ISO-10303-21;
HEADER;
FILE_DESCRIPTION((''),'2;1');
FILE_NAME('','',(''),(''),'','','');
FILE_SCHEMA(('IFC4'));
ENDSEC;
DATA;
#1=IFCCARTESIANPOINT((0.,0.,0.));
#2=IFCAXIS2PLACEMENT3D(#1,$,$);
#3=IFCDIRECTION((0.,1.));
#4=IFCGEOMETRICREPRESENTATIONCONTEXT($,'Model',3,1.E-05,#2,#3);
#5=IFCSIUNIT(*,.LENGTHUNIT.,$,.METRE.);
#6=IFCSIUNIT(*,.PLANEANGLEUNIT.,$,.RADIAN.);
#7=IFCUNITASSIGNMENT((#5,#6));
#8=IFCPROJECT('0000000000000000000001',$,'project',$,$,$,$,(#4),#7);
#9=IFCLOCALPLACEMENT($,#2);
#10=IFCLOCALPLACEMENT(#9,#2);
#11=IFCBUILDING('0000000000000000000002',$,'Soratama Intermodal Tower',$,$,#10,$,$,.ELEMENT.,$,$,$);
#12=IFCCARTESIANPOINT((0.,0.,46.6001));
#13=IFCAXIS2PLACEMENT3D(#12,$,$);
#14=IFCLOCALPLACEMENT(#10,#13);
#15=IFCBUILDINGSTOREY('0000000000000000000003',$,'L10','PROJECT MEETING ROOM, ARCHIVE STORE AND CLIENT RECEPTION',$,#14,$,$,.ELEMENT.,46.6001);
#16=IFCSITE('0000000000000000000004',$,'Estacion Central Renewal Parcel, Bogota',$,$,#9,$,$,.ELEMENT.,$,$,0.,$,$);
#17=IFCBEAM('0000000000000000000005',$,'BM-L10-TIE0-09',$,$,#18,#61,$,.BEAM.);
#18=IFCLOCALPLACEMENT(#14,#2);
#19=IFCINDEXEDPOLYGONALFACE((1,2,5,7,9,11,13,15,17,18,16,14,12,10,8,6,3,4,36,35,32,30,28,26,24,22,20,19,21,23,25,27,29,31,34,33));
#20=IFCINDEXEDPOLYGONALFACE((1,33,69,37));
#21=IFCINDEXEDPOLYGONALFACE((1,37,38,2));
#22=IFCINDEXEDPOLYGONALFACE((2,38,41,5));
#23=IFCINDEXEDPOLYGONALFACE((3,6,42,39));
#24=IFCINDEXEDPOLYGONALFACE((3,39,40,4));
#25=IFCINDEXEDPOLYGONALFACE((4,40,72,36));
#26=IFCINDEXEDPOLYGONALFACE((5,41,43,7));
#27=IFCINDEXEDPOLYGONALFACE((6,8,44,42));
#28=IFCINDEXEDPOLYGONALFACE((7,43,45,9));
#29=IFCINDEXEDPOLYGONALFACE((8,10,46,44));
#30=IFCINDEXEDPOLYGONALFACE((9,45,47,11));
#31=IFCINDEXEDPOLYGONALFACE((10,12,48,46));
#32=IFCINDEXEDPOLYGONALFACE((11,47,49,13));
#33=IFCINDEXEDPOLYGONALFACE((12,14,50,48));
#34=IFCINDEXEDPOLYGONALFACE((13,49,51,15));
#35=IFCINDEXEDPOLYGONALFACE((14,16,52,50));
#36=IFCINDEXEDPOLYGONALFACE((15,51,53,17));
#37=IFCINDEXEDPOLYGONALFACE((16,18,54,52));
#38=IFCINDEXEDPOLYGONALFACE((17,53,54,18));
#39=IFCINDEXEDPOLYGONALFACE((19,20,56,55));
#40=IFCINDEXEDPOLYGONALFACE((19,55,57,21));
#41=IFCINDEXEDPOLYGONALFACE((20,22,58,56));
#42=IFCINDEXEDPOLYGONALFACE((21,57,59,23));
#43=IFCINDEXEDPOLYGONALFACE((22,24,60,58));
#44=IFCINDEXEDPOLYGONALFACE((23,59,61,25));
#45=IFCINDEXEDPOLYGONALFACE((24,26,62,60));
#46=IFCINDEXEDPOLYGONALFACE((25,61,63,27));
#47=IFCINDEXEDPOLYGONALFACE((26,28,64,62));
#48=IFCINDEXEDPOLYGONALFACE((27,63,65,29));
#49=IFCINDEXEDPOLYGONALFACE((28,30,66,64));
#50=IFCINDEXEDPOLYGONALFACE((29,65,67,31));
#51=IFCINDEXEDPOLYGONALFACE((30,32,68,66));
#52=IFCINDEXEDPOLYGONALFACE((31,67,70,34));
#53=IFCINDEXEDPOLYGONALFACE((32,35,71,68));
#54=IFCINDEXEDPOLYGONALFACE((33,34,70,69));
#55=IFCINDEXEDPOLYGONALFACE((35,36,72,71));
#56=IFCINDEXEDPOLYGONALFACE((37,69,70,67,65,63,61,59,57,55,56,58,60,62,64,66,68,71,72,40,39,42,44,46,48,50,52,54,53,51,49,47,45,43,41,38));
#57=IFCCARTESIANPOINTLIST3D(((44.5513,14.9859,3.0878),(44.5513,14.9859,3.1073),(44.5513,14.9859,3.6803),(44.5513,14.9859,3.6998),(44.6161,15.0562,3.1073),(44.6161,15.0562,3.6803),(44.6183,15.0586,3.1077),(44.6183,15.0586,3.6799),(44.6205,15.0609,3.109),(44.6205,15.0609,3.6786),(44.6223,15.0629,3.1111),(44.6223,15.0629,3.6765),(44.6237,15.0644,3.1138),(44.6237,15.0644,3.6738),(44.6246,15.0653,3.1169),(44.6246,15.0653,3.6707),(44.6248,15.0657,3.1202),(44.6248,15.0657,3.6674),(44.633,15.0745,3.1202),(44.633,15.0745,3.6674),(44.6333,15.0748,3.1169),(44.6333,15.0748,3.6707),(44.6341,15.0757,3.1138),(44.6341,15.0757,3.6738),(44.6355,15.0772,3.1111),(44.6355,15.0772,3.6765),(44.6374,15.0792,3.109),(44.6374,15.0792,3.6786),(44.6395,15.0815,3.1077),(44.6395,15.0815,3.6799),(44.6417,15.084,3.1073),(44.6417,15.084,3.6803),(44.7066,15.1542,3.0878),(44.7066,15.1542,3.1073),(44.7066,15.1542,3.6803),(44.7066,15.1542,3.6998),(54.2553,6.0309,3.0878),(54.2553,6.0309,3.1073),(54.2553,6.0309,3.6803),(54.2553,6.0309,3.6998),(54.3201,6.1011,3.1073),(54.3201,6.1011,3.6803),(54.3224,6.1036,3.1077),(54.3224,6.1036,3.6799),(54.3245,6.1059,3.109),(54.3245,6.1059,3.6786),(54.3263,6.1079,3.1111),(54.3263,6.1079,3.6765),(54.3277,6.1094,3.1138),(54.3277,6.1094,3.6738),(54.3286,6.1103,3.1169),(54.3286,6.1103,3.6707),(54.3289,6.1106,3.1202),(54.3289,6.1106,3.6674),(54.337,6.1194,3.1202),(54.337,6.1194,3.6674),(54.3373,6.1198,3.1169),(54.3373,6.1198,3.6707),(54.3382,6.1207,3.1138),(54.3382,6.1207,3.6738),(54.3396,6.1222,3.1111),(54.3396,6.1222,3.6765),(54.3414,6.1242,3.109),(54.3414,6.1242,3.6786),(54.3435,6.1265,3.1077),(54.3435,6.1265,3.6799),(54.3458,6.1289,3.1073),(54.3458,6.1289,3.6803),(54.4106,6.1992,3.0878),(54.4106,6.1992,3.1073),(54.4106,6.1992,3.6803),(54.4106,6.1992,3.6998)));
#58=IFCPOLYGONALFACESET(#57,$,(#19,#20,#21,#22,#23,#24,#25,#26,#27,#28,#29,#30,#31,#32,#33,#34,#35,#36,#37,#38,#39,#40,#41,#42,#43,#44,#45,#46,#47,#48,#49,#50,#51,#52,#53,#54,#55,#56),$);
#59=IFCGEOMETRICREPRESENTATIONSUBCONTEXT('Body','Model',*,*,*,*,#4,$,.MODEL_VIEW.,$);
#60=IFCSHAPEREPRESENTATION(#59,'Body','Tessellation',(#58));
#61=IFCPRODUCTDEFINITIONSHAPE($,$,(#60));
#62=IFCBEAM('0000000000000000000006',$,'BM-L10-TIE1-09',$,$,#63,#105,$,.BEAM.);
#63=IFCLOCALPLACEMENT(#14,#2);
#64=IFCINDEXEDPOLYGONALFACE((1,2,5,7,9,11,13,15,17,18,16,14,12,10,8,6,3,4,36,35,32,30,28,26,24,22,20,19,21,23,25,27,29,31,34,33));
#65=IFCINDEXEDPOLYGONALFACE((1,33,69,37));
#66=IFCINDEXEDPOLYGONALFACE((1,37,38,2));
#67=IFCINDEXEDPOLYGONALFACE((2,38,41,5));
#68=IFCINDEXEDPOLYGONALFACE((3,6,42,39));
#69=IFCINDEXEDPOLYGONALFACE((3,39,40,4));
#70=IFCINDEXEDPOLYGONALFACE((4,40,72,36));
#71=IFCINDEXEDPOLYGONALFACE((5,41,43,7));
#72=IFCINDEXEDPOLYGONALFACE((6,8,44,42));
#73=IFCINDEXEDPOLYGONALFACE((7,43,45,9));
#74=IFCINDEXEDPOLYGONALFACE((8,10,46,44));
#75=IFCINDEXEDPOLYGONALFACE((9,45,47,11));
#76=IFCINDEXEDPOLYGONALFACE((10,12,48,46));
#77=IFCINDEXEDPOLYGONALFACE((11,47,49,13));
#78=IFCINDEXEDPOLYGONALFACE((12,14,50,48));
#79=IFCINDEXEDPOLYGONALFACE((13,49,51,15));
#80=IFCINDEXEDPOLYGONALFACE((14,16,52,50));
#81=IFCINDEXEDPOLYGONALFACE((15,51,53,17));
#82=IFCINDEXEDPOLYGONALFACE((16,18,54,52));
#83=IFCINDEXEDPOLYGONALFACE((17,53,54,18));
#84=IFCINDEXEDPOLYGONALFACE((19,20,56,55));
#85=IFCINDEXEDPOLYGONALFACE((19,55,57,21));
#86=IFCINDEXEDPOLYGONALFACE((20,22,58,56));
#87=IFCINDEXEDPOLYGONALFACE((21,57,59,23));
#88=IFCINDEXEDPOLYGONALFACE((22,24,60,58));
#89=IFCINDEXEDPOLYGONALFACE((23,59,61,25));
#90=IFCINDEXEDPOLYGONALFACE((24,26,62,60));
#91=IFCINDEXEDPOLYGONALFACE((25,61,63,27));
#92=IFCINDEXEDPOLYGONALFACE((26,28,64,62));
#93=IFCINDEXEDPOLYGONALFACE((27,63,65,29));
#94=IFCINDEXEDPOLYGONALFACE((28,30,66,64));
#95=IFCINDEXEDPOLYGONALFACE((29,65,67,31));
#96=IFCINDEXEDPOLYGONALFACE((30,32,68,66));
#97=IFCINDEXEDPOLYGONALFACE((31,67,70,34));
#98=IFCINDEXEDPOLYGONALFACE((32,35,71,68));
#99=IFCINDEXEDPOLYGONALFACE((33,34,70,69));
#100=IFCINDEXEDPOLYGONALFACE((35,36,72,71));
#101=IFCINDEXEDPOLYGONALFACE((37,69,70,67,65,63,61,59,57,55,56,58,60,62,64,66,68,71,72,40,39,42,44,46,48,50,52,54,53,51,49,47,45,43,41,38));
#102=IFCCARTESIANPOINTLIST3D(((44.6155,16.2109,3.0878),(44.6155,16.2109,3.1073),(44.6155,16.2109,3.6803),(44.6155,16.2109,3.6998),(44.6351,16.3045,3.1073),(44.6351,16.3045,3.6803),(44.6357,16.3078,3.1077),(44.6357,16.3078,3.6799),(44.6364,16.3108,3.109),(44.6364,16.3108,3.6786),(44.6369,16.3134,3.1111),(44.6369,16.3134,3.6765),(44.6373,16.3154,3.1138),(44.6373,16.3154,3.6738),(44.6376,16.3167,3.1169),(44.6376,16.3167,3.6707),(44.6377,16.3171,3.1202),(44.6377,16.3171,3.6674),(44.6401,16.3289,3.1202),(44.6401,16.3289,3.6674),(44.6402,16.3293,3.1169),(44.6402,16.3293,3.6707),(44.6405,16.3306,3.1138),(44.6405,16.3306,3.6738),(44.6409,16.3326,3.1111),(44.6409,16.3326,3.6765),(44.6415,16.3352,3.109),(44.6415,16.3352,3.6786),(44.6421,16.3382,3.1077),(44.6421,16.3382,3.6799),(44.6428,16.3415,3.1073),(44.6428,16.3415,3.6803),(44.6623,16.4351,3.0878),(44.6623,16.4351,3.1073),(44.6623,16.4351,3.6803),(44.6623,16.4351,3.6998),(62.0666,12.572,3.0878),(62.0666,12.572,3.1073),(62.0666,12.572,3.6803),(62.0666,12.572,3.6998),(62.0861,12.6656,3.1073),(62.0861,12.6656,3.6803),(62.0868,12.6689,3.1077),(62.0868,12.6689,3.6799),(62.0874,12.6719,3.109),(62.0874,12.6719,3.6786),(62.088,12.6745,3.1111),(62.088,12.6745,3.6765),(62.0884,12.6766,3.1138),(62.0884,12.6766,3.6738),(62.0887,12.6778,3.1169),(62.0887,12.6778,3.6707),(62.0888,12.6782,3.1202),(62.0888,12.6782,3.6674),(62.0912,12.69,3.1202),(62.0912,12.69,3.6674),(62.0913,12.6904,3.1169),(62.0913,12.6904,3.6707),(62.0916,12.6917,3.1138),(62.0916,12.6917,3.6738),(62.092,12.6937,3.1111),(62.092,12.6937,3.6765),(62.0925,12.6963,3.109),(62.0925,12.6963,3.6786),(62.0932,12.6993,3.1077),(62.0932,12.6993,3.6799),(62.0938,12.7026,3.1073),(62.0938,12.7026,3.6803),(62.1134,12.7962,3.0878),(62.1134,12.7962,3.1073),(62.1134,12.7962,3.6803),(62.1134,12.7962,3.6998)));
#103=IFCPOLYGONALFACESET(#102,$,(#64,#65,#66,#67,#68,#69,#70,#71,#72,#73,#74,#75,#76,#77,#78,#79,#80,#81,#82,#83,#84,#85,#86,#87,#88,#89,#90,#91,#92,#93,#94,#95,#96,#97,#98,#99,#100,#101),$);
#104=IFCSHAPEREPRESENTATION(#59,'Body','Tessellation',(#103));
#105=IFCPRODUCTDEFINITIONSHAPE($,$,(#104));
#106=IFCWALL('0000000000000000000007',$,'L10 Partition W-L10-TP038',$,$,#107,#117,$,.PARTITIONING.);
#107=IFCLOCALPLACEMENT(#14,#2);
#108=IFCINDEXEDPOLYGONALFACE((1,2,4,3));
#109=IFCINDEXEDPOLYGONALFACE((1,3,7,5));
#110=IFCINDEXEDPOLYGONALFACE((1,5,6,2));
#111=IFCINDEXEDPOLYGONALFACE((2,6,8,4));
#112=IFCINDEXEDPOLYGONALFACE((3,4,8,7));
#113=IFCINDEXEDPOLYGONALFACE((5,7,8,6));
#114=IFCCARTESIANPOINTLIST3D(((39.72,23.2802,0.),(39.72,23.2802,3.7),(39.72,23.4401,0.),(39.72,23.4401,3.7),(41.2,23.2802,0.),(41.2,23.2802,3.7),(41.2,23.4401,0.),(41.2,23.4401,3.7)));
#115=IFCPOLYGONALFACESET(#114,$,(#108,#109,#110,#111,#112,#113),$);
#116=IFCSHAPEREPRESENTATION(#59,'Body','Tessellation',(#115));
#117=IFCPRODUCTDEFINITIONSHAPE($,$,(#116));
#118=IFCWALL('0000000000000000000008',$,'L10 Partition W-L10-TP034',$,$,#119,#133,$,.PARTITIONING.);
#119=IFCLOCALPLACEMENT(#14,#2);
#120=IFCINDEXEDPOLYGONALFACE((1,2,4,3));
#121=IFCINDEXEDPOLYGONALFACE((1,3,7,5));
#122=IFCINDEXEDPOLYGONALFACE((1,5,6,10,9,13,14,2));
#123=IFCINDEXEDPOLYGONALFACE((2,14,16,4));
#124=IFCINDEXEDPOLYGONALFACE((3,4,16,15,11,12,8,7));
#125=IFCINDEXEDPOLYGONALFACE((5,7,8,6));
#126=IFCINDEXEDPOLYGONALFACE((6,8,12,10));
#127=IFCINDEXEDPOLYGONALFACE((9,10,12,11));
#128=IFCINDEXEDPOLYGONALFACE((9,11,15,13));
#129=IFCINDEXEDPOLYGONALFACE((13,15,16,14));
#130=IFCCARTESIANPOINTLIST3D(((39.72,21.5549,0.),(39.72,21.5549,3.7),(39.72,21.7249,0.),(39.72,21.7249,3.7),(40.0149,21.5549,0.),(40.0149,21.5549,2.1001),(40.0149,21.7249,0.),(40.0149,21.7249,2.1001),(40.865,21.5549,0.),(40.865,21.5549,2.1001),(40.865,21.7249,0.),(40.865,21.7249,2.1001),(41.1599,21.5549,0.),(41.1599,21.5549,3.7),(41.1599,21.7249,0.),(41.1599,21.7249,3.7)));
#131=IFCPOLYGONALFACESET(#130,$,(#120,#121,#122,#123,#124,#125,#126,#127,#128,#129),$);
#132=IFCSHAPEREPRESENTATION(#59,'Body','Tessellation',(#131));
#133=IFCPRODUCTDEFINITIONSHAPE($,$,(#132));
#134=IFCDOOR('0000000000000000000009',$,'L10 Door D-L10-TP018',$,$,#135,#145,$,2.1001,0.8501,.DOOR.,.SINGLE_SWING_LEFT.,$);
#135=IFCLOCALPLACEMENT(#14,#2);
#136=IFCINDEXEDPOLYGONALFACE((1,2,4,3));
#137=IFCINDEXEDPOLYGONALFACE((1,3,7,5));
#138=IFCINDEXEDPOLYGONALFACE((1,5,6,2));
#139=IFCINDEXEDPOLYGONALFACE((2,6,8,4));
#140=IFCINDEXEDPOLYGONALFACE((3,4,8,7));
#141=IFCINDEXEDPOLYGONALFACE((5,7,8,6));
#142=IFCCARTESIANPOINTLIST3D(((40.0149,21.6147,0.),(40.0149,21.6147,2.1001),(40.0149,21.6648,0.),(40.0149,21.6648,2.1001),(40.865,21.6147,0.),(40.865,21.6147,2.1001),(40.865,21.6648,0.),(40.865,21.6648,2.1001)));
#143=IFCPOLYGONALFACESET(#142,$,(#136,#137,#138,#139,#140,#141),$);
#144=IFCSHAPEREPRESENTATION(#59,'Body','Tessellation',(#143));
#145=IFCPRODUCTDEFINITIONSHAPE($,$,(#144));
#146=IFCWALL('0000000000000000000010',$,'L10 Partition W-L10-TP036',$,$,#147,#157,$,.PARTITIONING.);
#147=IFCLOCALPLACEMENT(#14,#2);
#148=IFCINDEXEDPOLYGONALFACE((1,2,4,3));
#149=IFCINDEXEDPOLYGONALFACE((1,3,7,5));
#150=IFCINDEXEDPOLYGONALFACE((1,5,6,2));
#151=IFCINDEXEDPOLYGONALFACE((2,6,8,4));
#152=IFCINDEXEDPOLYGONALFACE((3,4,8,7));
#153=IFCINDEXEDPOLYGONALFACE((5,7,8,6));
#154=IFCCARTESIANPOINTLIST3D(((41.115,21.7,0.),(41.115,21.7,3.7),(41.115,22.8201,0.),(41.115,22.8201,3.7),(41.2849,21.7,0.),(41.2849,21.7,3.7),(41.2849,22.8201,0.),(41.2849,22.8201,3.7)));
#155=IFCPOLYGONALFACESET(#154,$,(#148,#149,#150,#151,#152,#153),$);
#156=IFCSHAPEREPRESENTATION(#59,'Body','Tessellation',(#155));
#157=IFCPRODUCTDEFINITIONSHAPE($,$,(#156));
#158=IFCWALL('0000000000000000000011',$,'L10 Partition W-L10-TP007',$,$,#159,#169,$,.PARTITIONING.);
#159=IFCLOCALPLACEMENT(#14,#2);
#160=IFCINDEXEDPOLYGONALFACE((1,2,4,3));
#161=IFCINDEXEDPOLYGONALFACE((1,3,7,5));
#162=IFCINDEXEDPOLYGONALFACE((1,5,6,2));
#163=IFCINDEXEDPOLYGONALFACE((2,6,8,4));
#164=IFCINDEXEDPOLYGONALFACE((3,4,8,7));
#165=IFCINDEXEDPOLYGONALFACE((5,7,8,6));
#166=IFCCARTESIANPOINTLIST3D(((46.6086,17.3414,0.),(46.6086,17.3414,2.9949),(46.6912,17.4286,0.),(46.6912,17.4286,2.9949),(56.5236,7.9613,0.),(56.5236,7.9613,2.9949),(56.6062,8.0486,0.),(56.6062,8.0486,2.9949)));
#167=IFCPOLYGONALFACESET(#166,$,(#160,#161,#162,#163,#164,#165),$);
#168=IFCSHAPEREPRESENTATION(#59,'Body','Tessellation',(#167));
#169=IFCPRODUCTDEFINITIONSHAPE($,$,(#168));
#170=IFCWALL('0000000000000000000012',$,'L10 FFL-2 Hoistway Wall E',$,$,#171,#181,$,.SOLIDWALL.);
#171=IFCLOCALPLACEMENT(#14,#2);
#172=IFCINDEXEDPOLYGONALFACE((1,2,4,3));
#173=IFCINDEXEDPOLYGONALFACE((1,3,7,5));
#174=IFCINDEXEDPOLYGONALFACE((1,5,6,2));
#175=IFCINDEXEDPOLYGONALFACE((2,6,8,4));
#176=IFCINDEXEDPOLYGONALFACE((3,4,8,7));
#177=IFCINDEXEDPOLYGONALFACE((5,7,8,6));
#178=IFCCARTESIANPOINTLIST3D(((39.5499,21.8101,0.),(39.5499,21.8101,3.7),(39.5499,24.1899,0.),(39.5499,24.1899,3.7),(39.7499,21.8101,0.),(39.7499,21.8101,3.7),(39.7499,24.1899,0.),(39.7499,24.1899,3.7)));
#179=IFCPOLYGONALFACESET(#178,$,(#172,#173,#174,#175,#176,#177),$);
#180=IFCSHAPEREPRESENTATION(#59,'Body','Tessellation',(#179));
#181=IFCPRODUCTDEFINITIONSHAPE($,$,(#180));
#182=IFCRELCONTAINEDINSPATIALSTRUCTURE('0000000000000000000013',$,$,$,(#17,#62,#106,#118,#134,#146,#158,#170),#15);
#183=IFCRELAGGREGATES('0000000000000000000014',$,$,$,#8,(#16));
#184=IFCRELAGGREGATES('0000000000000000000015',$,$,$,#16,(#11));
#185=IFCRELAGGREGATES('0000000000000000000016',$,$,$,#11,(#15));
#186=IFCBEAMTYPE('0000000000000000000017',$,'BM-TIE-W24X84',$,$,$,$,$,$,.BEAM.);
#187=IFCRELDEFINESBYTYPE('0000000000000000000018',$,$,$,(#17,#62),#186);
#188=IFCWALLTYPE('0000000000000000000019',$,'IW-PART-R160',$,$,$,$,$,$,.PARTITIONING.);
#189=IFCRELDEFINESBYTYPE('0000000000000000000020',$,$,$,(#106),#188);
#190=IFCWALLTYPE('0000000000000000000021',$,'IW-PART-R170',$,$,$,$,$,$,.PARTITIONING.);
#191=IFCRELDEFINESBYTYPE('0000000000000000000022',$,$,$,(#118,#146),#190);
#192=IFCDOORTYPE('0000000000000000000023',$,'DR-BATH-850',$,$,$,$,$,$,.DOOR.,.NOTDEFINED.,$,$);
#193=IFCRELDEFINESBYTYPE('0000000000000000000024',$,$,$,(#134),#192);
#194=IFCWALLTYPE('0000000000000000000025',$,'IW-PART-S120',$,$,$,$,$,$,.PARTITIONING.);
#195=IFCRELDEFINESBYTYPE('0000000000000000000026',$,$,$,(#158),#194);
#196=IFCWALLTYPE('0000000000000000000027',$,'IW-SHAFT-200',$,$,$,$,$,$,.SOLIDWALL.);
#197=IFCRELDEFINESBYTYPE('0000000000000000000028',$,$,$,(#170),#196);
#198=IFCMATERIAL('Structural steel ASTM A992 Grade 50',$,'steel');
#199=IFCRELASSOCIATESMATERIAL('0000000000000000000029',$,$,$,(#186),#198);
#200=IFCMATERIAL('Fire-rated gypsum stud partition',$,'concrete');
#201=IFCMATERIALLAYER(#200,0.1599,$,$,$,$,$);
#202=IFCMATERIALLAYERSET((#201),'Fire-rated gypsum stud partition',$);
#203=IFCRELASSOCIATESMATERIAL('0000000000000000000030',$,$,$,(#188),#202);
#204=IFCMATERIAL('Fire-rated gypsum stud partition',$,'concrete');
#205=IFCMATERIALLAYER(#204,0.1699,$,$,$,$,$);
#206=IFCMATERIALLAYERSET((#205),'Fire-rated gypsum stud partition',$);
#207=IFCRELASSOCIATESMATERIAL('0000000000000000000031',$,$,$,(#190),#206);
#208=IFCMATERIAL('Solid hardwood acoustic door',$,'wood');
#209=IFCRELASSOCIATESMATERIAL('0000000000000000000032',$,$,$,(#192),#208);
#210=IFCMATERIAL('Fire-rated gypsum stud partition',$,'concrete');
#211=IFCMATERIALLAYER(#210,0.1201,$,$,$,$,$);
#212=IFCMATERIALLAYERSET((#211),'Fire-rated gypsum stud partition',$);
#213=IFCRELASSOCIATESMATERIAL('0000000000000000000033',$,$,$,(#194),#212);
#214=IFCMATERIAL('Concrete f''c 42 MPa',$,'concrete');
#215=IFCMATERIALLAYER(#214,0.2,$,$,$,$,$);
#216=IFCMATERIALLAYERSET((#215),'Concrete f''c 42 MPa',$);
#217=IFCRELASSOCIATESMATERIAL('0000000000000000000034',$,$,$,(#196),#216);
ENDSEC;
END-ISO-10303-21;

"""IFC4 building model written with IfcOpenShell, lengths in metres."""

from ifc_helpers import new_model, si_unit, direction, frame, frame_2d, origin, origin_2d, place, context, subcontext, project, spatial, rectangle, i_section, extrude, material, layer, layer_set, material_profile, profile_set, type_object, element, fill, save


model = new_model("IFC4")

# Units and contexts
model_context = context("Model", 3, precision=1e-05, world=origin(), true_north=direction((0.0, 1.0)))
body_context = subcontext(model_context, "Body", "Model", "MODEL_VIEW")
ifc_project = project(units=[si_unit("LENGTHUNIT", "METRE"), si_unit("PLANEANGLEUNIT", "RADIAN")], contexts=[model_context])

# Site, building, storey
site_placement = place(None, origin())
site = spatial("IfcSite", under=ifc_project, at=site_placement, Name="Estacion Central Renewal Parcel, Bogota", CompositionType="ELEMENT", RefElevation=0.0)
building_placement = place(site_placement, origin())
building = spatial("IfcBuilding", under=site, at=building_placement, Name="Soratama Intermodal Tower", CompositionType="ELEMENT")
storey_placement = place(building_placement, frame((0.0, 0.0, 46.6001)))
storey = spatial("IfcBuildingStorey", under=building, at=storey_placement, Name="L10", Description="PROJECT MEETING ROOM, ARCHIVE STORE AND CLIENT RECEPTION", CompositionType="ELEMENT", Elevation=46.6001)

# Beams
ifc_material_1 = material(Name="Structural steel ASTM A992 Grade 50", Category="steel")
ifc_material_profile_1 = material_profile(ifc_material_1, i_section(OverallWidth=0.229, OverallDepth=0.6121, WebThickness=0.012, FlangeThickness=0.0195, FilletRadius=0.0129, at=origin_2d()), Name="W24X84")
ifc_profile_set_1 = profile_set([ifc_material_profile_1], Name="Structural steel ASTM A992 Grade 50")
beam_type_1 = type_object("IfcBeamType", Name="BM-TIE-W24X84", PredefinedType="BEAM", material=ifc_profile_set_1)
beam_1_placement = place(storey_placement, frame((44.6289, 15.0701, 3.3938), z_axis=(0.7349, -0.678176, 0.0), x_axis=(0.678176, 0.7349, 0.0)))
element("IfcBeam", 1, at=beam_1_placement, inside=storey, type_object=beam_type_1, Name="BM-L10-TIE0-09", PredefinedType="BEAM", context=body_context, shape_type="SweptSolid", body=[
    extrude(i_section(OverallWidth=0.229, OverallDepth=0.6121, WebThickness=0.012, FlangeThickness=0.0195, FilletRadius=0.0129, at=origin_2d()), origin(), (0.0, 0.0, 1.0), 13.2046),
])
beam_2_placement = place(storey_placement, frame((44.6389, 16.323, 3.3938), z_axis=(0.978944, -0.204129, 0.0), x_axis=(0.204129, 0.978944, 0.0)))
element("IfcBeam", 2, at=beam_2_placement, inside=storey, type_object=beam_type_1, Name="BM-L10-TIE1-09", PredefinedType="BEAM", context=body_context, shape_type="SweptSolid", body=[
    extrude(i_section(OverallWidth=0.229, OverallDepth=0.6121, WebThickness=0.012, FlangeThickness=0.0195, FilletRadius=0.0129, at=origin_2d()), origin(), (0.0, 0.0, 1.0), 17.8264),
])

# Wall
ifc_material_2 = material(Name="Fire-rated gypsum stud partition", Category="concrete")
ifc_layer_1 = layer(ifc_material_2, 0.1599)
ifc_layer_set_1 = layer_set([ifc_layer_1], Name="Fire-rated gypsum stud partition")
wall_type_1 = type_object("IfcWallType", Name="IW-PART-R160", PredefinedType="PARTITIONING", material=ifc_layer_set_1)
wall_1_placement = place(storey_placement, frame((41.2, 23.3601, 0.0), z_axis=(0.0, 0.0, 1.0), x_axis=(-1.0, 0.0, 0.0)))
element("IfcWall", 3, at=wall_1_placement, inside=storey, type_object=wall_type_1, Name="L10 Partition W-L10-TP038", PredefinedType="PARTITIONING", context=body_context, shape_type="SweptSolid", body=[
    extrude(rectangle(XDim=1.48, YDim=0.1599, at=frame_2d((0.74, 0.0))), origin(), (0.0, 0.0, 1.0), 3.7),
])

# Wall, opening, door
ifc_material_3 = material(Name="Fire-rated gypsum stud partition", Category="concrete")
ifc_layer_2 = layer(ifc_material_3, 0.1699)
ifc_layer_set_2 = layer_set([ifc_layer_2], Name="Fire-rated gypsum stud partition")
wall_type_2 = type_object("IfcWallType", Name="IW-PART-R170", PredefinedType="PARTITIONING", material=ifc_layer_set_2)
wall_2_placement = place(storey_placement, frame((39.72, 21.6399, 0.0), z_axis=(0.0, 0.0, 1.0), x_axis=(1.0, 0.0, 0.0)))
wall_2 = element("IfcWall", 4, at=wall_2_placement, inside=storey, type_object=wall_type_2, Name="L10 Partition W-L10-TP034", PredefinedType="PARTITIONING", context=body_context, shape_type="SweptSolid", body=[
    extrude(rectangle(XDim=1.4399, YDim=0.1699, at=frame_2d((0.72, 0.0))), origin(), (0.0, 0.0, 1.0), 3.7),
])
opening_1_placement = place(wall_2_placement, frame((0.2949, 0.0, 0.0)))
opening_1 = element("IfcOpeningElement", 5, at=opening_1_placement, cuts=wall_2, PredefinedType="OPENING", context=body_context, shape_type="SweptSolid", body=[
    extrude(rectangle(XDim=0.8501, YDim=2.1001, at=frame_2d((0.425, 1.05))), frame((0.0, 0.095, 0.0), z_axis=(0.0, -1.0, 0.0), x_axis=(1.0, 0.0, 0.0)), (0.0, 0.0, 1.0), 0.1899),
])
ifc_material_4 = material(Name="Solid hardwood acoustic door", Category="wood")
door_type_1 = type_object("IfcDoorType", Name="DR-BATH-850", OperationType="NOTDEFINED", PredefinedType="DOOR", material=ifc_material_4)
door_1_placement = place(opening_1_placement, origin())
door_1 = element("IfcDoor", 6, at=door_1_placement, inside=storey, type_object=door_type_1, Name="L10 Door D-L10-TP018", OperationType="SINGLE_SWING_LEFT", OverallHeight=2.1001, OverallWidth=0.8501, PredefinedType="DOOR", context=body_context, shape_type="SweptSolid", body=[
    extrude(rectangle(XDim=0.8501, YDim=2.1001, at=frame_2d((0.425, 1.05))), frame((0.0, 0.0249, 0.0), z_axis=(0.0, -1.0, 0.0), x_axis=(1.0, 0.0, 0.0)), (0.0, 0.0, 1.0), 0.05),
])
fill(opening_1, door_1)

# Walls
wall_3_placement = place(storey_placement, frame((41.2, 21.7, 0.0), z_axis=(0.0, 0.0, 1.0), x_axis=(0.0, 1.0, 0.0)))
element("IfcWall", 7, at=wall_3_placement, inside=storey, type_object=wall_type_2, Name="L10 Partition W-L10-TP036", PredefinedType="PARTITIONING", context=body_context, shape_type="SweptSolid", body=[
    extrude(rectangle(XDim=1.1201, YDim=0.1699, at=frame_2d((0.5601, 0.0))), origin(), (0.0, 0.0, 1.0), 3.7),
])
ifc_material_5 = material(Name="Fire-rated gypsum stud partition", Category="concrete")
ifc_layer_3 = layer(ifc_material_5, 0.1201)
ifc_layer_set_3 = layer_set([ifc_layer_3], Name="Fire-rated gypsum stud partition")
wall_type_3 = type_object("IfcWallType", Name="IW-PART-S120", PredefinedType="PARTITIONING", material=ifc_layer_set_3)
wall_4_placement = place(storey_placement, frame((46.6499, 17.385, 0.0), z_axis=(0.0, 0.0, 1.0), x_axis=(0.726431, -0.68724, 0.0)))
element("IfcWall", 8, at=wall_4_placement, inside=storey, type_object=wall_type_3, Name="L10 Partition W-L10-TP007", PredefinedType="PARTITIONING", context=body_context, shape_type="SweptSolid", body=[
    extrude(rectangle(XDim=13.6489, YDim=0.1201, at=frame_2d((6.8245, 0.0))), origin(), (0.0, 0.0, 1.0), 2.9949),
])
ifc_material_6 = material(Name="Concrete f'c 42 MPa", Category="concrete")
ifc_layer_4 = layer(ifc_material_6, 0.2)
ifc_layer_set_4 = layer_set([ifc_layer_4], Name="Concrete f'c 42 MPa")
wall_type_4 = type_object("IfcWallType", Name="IW-SHAFT-200", PredefinedType="SOLIDWALL", material=ifc_layer_set_4)
wall_5_placement = place(storey_placement, frame((39.6499, 21.8101, 0.0), z_axis=(0.0, 0.0, 1.0), x_axis=(0.0, 1.0, 0.0)))
element("IfcWall", 9, at=wall_5_placement, inside=storey, type_object=wall_type_4, Name="L10 FFL-2 Hoistway Wall E", PredefinedType="SOLIDWALL", context=body_context, shape_type="SweptSolid", body=[
    extrude(rectangle(XDim=2.3799, YDim=0.2, at=frame_2d((1.1899, 0.0))), origin(), (0.0, 0.0, 1.0), 3.7),
])

save(model, "model.ifc")
